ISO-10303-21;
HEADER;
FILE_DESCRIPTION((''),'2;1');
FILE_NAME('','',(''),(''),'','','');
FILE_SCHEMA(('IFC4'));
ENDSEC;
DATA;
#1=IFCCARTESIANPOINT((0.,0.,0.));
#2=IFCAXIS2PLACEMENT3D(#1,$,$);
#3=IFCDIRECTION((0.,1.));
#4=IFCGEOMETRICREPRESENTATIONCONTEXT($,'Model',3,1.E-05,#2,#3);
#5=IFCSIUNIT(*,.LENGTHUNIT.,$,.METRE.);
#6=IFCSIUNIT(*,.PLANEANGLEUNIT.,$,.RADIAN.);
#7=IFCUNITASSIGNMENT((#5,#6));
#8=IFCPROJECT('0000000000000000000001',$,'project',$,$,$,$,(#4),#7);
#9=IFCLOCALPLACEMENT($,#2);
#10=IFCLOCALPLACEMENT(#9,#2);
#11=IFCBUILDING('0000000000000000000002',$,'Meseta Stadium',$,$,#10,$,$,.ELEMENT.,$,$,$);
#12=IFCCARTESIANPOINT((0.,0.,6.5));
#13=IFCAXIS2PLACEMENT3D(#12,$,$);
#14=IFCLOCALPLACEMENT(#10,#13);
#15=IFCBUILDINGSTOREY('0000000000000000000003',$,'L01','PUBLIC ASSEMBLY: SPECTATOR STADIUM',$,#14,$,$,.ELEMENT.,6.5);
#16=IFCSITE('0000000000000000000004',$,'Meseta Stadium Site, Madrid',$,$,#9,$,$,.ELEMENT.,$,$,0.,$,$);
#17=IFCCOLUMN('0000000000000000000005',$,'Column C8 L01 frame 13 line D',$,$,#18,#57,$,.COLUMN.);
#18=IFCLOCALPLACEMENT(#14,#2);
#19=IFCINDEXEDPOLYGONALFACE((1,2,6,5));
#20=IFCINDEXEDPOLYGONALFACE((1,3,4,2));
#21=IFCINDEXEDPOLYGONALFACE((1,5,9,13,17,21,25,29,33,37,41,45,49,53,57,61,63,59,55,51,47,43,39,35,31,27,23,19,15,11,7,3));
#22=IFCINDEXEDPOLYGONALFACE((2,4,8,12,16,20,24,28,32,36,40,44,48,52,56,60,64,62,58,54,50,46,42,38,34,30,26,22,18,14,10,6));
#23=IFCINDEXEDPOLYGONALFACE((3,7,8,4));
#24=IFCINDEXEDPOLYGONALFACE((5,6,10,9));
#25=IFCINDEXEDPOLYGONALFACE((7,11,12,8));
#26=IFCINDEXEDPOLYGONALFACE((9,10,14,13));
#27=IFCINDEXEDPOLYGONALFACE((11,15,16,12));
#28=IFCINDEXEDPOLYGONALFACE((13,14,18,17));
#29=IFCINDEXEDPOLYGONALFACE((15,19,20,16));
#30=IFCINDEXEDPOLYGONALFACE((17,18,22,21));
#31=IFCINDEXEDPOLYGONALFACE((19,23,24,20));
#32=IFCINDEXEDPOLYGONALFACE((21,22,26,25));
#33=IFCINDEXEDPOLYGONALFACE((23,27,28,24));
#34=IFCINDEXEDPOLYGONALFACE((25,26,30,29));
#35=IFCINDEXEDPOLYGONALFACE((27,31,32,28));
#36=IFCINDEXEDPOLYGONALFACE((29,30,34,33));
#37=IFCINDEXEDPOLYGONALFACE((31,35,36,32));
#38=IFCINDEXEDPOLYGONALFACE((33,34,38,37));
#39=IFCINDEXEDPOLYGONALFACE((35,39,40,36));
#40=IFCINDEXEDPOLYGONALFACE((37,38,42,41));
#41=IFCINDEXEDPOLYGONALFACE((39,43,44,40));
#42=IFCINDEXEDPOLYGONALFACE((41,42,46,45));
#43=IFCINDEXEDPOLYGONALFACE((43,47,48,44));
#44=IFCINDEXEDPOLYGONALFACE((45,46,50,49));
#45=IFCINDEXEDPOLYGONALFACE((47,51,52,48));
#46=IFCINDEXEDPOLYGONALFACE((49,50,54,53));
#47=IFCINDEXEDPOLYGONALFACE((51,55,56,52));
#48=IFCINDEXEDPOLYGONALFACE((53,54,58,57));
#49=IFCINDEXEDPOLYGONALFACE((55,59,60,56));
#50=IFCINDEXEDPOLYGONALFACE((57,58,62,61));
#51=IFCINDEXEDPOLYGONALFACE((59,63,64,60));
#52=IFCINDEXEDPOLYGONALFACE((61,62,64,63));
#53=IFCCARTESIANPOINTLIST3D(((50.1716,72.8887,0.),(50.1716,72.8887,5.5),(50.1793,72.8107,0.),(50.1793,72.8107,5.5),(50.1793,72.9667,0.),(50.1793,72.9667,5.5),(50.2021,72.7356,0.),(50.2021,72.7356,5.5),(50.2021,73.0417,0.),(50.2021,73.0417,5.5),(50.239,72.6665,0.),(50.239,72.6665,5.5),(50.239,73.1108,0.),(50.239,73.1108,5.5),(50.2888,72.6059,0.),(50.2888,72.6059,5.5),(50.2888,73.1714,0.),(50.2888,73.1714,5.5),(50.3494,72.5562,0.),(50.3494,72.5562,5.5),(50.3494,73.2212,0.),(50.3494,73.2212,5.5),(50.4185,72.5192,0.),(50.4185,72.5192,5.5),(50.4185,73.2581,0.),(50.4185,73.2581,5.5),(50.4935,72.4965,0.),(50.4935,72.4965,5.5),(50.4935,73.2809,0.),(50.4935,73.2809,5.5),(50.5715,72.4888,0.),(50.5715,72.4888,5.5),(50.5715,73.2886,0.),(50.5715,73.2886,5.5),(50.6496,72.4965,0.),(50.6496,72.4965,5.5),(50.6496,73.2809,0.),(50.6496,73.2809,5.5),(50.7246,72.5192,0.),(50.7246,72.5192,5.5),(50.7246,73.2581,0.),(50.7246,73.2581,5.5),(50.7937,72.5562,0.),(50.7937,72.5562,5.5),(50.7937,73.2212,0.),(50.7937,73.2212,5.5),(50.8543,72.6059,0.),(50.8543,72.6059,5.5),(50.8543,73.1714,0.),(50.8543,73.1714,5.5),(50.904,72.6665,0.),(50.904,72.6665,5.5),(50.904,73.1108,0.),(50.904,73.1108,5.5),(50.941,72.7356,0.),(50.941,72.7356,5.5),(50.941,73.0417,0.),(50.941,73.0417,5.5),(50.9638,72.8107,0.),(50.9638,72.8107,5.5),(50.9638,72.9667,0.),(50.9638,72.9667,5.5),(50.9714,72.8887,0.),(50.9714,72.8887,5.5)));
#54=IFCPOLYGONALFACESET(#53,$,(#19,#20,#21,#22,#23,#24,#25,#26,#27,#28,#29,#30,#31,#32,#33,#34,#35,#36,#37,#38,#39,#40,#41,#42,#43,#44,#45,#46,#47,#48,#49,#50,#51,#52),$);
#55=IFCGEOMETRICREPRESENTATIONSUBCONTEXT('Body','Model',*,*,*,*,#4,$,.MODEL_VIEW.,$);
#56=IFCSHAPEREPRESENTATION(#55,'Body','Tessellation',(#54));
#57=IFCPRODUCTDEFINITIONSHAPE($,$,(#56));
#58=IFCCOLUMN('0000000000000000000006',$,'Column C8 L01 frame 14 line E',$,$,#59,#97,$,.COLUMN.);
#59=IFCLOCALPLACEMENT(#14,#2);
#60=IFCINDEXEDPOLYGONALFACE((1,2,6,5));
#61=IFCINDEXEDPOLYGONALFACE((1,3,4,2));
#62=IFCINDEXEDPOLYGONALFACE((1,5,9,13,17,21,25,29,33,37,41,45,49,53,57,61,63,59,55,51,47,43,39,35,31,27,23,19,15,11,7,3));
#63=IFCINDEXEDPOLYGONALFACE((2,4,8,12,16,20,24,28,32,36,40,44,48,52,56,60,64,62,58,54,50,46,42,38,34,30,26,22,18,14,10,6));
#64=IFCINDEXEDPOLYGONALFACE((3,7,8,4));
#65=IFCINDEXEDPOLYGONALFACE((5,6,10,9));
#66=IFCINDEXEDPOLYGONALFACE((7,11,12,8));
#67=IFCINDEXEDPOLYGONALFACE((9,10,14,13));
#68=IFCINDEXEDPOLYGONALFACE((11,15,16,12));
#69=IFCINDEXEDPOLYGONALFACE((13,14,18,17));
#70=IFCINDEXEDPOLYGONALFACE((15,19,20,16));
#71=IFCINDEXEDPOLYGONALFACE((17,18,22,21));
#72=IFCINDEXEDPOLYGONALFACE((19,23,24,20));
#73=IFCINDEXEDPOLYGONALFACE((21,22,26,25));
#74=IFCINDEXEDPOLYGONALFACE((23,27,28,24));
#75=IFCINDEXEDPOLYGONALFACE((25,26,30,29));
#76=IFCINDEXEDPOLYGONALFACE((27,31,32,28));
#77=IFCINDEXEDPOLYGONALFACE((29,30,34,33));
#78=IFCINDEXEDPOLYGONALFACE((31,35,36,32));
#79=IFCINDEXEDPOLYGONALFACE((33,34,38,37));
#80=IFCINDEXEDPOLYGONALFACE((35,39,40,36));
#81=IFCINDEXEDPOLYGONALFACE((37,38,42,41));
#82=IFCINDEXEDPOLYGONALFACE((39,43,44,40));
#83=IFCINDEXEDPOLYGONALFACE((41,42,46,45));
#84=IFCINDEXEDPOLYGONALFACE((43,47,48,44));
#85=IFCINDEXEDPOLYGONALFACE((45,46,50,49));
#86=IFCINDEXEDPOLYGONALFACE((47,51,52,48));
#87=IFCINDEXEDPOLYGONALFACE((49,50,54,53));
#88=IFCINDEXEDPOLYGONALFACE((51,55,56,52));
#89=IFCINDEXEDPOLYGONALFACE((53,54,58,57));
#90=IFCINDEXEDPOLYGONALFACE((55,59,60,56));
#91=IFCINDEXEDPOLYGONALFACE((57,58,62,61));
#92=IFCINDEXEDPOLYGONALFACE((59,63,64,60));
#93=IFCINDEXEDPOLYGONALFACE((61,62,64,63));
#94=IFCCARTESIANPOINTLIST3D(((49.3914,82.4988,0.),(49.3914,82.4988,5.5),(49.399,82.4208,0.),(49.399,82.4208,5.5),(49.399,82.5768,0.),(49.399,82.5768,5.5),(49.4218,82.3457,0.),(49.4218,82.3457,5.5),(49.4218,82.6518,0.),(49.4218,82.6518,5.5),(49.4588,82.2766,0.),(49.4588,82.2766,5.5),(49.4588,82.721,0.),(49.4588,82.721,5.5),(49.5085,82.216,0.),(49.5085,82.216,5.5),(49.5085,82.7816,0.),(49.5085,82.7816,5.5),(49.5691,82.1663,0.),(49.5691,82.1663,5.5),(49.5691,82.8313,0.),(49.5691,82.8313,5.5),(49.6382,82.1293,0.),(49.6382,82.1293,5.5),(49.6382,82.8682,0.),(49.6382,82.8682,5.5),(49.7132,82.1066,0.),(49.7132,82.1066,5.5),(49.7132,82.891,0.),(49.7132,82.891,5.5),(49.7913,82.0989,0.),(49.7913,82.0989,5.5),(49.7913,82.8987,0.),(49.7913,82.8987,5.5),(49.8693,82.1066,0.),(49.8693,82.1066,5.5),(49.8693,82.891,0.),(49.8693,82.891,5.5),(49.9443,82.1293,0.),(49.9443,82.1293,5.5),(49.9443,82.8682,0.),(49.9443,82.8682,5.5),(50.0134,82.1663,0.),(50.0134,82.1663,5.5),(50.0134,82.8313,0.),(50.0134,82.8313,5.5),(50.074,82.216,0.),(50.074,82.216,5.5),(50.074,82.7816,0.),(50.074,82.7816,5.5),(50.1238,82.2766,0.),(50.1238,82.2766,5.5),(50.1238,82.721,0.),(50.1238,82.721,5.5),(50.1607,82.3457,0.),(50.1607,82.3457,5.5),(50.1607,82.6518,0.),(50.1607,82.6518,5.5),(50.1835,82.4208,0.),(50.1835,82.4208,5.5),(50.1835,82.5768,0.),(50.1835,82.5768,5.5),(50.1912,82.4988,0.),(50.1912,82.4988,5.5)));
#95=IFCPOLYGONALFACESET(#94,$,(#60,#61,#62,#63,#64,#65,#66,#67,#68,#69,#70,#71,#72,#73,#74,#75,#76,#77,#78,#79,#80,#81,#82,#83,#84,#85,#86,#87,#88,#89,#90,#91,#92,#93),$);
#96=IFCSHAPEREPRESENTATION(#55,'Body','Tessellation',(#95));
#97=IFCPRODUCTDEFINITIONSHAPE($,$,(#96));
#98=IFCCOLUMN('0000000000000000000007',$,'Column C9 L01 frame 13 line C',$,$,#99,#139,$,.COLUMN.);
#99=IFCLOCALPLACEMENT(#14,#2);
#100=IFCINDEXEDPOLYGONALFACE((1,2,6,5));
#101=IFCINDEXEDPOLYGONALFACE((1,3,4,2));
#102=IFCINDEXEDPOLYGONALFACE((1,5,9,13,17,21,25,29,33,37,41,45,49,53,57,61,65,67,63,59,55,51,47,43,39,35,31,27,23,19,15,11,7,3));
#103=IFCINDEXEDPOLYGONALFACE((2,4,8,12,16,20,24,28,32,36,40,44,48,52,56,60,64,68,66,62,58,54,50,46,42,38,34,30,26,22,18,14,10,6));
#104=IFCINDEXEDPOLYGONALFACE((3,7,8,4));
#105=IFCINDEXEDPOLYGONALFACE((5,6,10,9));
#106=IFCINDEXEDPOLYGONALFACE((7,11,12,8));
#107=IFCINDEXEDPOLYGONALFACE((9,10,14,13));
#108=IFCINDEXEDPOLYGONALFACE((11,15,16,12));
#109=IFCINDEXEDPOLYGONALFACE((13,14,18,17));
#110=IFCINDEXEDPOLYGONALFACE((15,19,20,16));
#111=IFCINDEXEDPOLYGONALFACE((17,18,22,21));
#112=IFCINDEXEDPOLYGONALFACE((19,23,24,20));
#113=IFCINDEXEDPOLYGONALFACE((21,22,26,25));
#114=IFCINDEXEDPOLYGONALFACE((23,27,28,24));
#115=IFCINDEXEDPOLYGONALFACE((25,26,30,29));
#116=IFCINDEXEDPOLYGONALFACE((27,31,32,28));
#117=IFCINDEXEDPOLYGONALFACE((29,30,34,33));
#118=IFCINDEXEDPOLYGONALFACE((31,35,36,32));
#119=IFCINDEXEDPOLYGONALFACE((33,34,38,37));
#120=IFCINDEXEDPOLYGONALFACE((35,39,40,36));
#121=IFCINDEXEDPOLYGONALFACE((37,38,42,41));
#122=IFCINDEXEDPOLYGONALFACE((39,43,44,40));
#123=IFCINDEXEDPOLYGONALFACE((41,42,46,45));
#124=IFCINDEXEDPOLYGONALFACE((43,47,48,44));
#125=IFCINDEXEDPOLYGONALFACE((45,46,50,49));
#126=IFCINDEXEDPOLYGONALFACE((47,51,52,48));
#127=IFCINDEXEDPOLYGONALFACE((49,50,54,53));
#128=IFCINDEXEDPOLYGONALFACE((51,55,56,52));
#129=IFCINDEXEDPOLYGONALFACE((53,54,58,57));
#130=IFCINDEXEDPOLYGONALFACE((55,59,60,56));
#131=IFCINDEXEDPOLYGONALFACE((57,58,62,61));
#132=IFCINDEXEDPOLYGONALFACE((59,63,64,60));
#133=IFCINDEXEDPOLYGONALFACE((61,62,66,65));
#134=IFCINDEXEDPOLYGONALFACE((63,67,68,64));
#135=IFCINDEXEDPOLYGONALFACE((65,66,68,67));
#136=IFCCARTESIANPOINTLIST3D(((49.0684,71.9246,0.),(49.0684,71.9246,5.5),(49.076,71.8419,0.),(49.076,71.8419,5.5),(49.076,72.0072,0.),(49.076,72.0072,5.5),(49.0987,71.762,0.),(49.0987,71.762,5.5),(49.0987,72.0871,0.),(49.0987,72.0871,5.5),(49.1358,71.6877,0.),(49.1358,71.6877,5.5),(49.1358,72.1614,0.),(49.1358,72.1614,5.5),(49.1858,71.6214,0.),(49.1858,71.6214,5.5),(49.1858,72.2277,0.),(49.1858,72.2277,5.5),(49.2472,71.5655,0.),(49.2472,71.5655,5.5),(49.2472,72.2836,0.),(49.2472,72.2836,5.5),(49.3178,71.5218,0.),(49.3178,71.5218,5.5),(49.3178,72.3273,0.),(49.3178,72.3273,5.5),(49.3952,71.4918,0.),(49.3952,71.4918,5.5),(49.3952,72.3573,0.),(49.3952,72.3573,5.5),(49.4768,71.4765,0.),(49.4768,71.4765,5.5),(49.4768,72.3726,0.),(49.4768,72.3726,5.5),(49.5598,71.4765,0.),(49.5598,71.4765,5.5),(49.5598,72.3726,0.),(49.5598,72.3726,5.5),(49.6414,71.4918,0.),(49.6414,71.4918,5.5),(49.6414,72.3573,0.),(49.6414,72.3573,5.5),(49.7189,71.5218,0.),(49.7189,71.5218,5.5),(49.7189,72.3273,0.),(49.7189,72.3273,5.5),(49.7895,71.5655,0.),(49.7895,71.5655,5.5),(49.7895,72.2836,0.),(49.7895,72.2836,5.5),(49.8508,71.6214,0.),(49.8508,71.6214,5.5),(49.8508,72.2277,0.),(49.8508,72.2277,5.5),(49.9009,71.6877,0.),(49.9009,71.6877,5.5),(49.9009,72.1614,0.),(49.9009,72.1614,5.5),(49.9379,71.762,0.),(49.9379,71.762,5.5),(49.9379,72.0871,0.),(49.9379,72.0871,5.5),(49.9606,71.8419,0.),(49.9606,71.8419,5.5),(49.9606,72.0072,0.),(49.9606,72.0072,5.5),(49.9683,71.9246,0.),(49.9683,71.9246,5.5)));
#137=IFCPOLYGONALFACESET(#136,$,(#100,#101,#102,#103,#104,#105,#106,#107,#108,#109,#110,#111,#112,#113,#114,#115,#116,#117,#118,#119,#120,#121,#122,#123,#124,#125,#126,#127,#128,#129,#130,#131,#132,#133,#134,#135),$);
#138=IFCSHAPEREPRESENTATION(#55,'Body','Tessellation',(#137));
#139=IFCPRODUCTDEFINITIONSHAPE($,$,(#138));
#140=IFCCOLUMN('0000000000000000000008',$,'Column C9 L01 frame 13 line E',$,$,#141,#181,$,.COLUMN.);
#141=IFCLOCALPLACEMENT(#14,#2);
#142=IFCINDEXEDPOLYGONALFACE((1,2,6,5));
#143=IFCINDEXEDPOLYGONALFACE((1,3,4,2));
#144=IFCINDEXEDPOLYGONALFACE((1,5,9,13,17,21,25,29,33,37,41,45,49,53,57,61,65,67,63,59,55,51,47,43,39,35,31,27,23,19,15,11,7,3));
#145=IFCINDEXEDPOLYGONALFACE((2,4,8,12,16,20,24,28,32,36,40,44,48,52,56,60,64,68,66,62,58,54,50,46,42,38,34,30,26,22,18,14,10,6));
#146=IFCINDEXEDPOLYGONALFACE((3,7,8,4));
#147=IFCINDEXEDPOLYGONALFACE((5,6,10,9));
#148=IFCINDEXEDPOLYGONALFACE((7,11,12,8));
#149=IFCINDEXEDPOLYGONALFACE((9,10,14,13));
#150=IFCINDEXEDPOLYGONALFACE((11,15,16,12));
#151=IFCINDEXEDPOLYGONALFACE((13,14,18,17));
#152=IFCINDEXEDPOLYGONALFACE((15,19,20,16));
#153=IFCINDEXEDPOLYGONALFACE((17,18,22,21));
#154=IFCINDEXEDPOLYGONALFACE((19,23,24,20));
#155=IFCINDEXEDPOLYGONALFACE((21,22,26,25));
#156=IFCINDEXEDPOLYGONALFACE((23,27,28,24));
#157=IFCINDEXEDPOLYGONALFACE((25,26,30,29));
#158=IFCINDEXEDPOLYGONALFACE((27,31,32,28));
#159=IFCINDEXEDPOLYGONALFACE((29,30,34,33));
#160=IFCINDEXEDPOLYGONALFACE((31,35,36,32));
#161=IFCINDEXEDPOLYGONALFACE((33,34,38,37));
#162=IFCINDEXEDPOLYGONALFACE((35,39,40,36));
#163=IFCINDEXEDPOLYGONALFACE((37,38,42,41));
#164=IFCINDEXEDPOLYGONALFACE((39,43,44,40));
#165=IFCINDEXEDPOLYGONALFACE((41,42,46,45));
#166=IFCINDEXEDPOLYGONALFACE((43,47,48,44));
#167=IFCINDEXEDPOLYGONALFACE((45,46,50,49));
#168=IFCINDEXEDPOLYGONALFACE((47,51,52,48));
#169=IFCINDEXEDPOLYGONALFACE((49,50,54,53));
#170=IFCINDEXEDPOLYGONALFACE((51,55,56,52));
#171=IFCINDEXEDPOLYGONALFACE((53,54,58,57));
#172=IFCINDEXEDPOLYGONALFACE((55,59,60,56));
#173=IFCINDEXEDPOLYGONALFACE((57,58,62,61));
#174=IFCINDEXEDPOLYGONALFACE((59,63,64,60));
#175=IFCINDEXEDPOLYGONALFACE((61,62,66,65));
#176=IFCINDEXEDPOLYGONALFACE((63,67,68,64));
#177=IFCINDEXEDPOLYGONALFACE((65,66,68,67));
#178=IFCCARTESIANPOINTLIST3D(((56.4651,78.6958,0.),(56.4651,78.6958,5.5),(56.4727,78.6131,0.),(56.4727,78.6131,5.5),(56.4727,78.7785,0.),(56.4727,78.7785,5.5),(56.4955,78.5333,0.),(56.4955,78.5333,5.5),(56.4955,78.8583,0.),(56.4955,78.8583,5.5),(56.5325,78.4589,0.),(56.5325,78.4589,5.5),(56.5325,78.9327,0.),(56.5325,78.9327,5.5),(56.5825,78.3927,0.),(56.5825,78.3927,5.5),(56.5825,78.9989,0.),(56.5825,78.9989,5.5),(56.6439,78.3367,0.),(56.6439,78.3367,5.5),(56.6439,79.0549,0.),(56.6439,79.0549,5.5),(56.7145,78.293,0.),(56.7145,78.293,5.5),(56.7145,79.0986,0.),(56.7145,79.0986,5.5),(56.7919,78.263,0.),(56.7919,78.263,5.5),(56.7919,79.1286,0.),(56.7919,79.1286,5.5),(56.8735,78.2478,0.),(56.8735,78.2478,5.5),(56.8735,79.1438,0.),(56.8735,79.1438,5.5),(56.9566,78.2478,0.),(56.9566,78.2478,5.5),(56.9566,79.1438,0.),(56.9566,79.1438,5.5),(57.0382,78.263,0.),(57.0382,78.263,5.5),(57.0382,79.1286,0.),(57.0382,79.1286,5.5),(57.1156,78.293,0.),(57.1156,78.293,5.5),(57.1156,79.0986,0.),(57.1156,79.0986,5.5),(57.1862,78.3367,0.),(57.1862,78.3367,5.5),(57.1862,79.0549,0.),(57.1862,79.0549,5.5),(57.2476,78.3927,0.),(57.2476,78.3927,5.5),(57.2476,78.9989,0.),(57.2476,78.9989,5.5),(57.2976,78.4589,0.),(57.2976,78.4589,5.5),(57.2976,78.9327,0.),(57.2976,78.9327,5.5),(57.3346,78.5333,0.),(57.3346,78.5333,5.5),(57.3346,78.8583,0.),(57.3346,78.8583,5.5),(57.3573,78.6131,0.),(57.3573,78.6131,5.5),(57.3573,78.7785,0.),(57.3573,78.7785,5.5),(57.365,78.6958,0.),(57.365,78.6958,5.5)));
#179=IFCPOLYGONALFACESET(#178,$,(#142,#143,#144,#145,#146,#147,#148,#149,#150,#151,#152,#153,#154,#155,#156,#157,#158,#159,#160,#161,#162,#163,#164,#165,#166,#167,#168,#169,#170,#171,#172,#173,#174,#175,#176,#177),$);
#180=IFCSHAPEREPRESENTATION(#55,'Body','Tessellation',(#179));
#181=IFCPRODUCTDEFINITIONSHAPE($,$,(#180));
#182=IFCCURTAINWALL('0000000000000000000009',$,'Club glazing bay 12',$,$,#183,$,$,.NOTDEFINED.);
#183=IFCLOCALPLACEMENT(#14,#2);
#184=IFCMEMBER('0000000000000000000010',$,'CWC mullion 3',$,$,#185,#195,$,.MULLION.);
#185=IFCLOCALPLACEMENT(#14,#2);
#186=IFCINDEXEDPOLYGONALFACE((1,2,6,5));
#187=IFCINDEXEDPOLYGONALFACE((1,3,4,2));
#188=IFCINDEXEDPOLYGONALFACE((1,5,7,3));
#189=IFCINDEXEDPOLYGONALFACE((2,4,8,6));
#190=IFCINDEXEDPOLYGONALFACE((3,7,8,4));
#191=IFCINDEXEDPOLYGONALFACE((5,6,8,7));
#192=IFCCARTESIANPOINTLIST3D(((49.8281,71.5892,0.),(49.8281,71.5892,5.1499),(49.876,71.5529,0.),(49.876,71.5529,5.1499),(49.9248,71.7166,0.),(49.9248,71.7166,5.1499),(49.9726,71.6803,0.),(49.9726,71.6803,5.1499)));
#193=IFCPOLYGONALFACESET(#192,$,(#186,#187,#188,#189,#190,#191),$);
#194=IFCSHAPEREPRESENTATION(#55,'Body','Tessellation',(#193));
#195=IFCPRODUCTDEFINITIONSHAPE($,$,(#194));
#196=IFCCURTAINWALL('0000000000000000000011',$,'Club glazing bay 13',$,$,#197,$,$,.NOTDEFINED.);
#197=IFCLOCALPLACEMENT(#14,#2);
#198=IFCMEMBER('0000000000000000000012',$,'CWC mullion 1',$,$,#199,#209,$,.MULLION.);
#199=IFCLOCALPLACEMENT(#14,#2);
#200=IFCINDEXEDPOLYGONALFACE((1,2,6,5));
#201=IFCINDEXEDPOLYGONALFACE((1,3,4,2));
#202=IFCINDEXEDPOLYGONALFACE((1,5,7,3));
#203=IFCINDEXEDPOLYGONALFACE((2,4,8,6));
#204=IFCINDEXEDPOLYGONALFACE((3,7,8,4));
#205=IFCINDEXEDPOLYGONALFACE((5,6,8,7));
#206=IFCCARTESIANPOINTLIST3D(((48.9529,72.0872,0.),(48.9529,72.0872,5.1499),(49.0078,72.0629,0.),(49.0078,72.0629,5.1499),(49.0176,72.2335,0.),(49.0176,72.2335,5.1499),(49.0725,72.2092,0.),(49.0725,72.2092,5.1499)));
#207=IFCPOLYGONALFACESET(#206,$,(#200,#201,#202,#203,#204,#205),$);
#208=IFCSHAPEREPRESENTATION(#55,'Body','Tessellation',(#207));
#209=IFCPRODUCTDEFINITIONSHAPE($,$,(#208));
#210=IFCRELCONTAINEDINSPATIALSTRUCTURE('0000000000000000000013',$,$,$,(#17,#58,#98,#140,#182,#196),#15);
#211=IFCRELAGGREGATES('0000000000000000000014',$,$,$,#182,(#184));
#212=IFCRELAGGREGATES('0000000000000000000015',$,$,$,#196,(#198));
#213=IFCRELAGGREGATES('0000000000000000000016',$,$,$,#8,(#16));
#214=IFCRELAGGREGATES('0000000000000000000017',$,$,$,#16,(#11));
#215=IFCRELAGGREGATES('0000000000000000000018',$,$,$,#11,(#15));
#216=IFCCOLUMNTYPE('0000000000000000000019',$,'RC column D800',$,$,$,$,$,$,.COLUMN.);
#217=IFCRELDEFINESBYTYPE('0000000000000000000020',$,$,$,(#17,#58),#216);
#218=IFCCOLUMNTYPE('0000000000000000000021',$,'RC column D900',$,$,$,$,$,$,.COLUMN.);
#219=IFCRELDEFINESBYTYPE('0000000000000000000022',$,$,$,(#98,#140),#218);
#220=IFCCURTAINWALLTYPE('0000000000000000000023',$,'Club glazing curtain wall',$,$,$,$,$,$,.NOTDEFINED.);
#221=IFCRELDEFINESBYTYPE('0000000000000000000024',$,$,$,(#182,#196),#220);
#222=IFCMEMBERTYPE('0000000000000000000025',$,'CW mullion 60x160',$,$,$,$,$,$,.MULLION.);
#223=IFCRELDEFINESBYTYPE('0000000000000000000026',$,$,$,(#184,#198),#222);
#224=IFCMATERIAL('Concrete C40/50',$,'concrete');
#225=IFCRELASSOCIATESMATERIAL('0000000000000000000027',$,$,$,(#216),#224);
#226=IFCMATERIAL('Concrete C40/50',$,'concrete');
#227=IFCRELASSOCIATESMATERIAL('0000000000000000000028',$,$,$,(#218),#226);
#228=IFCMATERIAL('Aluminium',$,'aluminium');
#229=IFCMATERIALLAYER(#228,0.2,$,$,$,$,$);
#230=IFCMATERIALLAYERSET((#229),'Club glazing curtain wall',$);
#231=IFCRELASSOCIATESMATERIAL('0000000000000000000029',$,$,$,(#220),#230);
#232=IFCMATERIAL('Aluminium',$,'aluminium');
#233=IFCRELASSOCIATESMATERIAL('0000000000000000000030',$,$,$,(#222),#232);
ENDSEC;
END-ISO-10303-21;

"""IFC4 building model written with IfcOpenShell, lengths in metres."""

from ifc_helpers import new_model, si_unit, direction, frame, origin, origin_2d, place, context, subcontext, project, spatial, rectangle, circle, extrude, material, layer, layer_set, material_profile, profile_set, type_object, element, aggregate, save


model = new_model("IFC4")

# Units and contexts
model_context = context("Model", 3, precision=1e-05, world=origin(), true_north=direction((0.0, 1.0)))
body_context = subcontext(model_context, "Body", "Model", "MODEL_VIEW")
ifc_project = project(units=[si_unit("LENGTHUNIT", "METRE"), si_unit("PLANEANGLEUNIT", "RADIAN")], contexts=[model_context])

# Site, building, storey
site_placement = place(None, origin())
site = spatial("IfcSite", under=ifc_project, at=site_placement, Name="Meseta Stadium Site, Madrid", CompositionType="ELEMENT", RefElevation=0.0)
building_placement = place(site_placement, origin())
building = spatial("IfcBuilding", under=site, at=building_placement, Name="Meseta Stadium", CompositionType="ELEMENT")
storey_placement = place(building_placement, frame((0.0, 0.0, 6.5)))
storey = spatial("IfcBuildingStorey", under=building, at=storey_placement, Name="L01", Description="PUBLIC ASSEMBLY: SPECTATOR STADIUM", CompositionType="ELEMENT", Elevation=6.5)

# Columns
ifc_material_1 = material(Name="Concrete C40/50", Category="concrete")
ifc_material_profile_1 = material_profile(ifc_material_1, circle(Radius=0.3999, at=origin_2d()), Name="RC D800")
ifc_profile_set_1 = profile_set([ifc_material_profile_1], Name="Concrete C40/50")
column_type_1 = type_object("IfcColumnType", Name="RC column D800", PredefinedType="COLUMN", material=ifc_profile_set_1)
for number, where, z_axis, x_axis, name in (
    (1, (50.5715, 72.8887, 0.0), (0.0, 0.0, 1.0), (1.0, 0.0, 0.0), "Column C8 L01 frame 13 line D"),
    (2, (49.7913, 82.4988, 0.0), (0.0, 0.0, 1.0), (1.0, 0.0, 0.0), "Column C8 L01 frame 14 line E"),
):
    element("IfcColumn", number, at=place(storey_placement, frame(where, z_axis=z_axis, x_axis=x_axis)), inside=storey, type_object=column_type_1, Name=name, PredefinedType="COLUMN", context=body_context, shape_type="SweptSolid", body=[
        extrude(circle(Radius=0.3999, at=origin_2d()), origin(), (0.0, 0.0, 1.0), 5.5),
    ])
ifc_material_2 = material(Name="Concrete C40/50", Category="concrete")
ifc_material_profile_2 = material_profile(ifc_material_2, circle(Radius=0.45, at=origin_2d()), Name="RC D900")
ifc_profile_set_2 = profile_set([ifc_material_profile_2], Name="Concrete C40/50")
column_type_2 = type_object("IfcColumnType", Name="RC column D900", PredefinedType="COLUMN", material=ifc_profile_set_2)
for number, where, z_axis, x_axis, name in (
    (3, (49.5183, 71.9246, 0.0), (0.0, 0.0, 1.0), (1.0, 0.0, 0.0), "Column C9 L01 frame 13 line C"),
    (4, (56.915, 78.6958, 0.0), (0.0, 0.0, 1.0), (1.0, 0.0, 0.0), "Column C9 L01 frame 13 line E"),
):
    element("IfcColumn", number, at=place(storey_placement, frame(where, z_axis=z_axis, x_axis=x_axis)), inside=storey, type_object=column_type_2, Name=name, PredefinedType="COLUMN", context=body_context, shape_type="SweptSolid", body=[
        extrude(circle(Radius=0.45, at=origin_2d()), origin(), (0.0, 0.0, 1.0), 5.5),
    ])

# Curtain wall, member
ifc_material_3 = material(Name="Aluminium", Category="aluminium")
ifc_layer_1 = layer(ifc_material_3, 0.2)
ifc_layer_set_1 = layer_set([ifc_layer_1], Name="Club glazing curtain wall")
curtain_wall_type = type_object("IfcCurtainWallType", Name="Club glazing curtain wall", PredefinedType="NOTDEFINED", material=ifc_layer_set_1)
curtain_wall_1_placement = place(storey_placement, origin())
curtain_wall_1 = element("IfcCurtainWall", 5, at=curtain_wall_1_placement, inside=storey, type_object=curtain_wall_type, Name="Club glazing bay 12", PredefinedType="NOTDEFINED")
ifc_material_4 = material(Name="Aluminium", Category="aluminium")
ifc_material_profile_3 = material_profile(ifc_material_4, rectangle(XDim=0.1599, YDim=0.0601, at=origin_2d()), Name="CW 160x60")
ifc_profile_set_3 = profile_set([ifc_material_profile_3], Name="Aluminium")
member_type_1 = type_object("IfcMemberType", Name="CW mullion 60x160", PredefinedType="MULLION", material=ifc_profile_set_3)
member_1_placement = place(storey_placement, frame((49.9004, 71.6348, 0.0), z_axis=(0.0, 0.0, 1.0), x_axis=(-0.60452, -0.79659, 0.0)))
member_1 = element("IfcMember", 6, at=member_1_placement, type_object=member_type_1, Name="CWC mullion 3", PredefinedType="MULLION", context=body_context, shape_type="SweptSolid", body=[
    extrude(rectangle(XDim=0.1599, YDim=0.0601, at=origin_2d()), origin(), (0.0, 0.0, 1.0), 5.1499),
])

# Curtain wall, member
curtain_wall_2_placement = place(storey_placement, origin())
curtain_wall_2 = element("IfcCurtainWall", 7, at=curtain_wall_2_placement, inside=storey, type_object=curtain_wall_type, Name="Club glazing bay 13", PredefinedType="NOTDEFINED")
member_2_placement = place(storey_placement, frame((49.0127, 72.1482, 0.0), z_axis=(0.0, 0.0, 1.0), x_axis=(-0.404524, -0.914527, 0.0)))
member_2 = element("IfcMember", 8, at=member_2_placement, type_object=member_type_1, Name="CWC mullion 1", PredefinedType="MULLION", context=body_context, shape_type="SweptSolid", body=[
    extrude(rectangle(XDim=0.1599, YDim=0.0601, at=origin_2d()), origin(), (0.0, 0.0, 1.0), 5.1499),
])

aggregate(curtain_wall_1, [member_1])
aggregate(curtain_wall_2, [member_2])

save(model, "model.ifc")
